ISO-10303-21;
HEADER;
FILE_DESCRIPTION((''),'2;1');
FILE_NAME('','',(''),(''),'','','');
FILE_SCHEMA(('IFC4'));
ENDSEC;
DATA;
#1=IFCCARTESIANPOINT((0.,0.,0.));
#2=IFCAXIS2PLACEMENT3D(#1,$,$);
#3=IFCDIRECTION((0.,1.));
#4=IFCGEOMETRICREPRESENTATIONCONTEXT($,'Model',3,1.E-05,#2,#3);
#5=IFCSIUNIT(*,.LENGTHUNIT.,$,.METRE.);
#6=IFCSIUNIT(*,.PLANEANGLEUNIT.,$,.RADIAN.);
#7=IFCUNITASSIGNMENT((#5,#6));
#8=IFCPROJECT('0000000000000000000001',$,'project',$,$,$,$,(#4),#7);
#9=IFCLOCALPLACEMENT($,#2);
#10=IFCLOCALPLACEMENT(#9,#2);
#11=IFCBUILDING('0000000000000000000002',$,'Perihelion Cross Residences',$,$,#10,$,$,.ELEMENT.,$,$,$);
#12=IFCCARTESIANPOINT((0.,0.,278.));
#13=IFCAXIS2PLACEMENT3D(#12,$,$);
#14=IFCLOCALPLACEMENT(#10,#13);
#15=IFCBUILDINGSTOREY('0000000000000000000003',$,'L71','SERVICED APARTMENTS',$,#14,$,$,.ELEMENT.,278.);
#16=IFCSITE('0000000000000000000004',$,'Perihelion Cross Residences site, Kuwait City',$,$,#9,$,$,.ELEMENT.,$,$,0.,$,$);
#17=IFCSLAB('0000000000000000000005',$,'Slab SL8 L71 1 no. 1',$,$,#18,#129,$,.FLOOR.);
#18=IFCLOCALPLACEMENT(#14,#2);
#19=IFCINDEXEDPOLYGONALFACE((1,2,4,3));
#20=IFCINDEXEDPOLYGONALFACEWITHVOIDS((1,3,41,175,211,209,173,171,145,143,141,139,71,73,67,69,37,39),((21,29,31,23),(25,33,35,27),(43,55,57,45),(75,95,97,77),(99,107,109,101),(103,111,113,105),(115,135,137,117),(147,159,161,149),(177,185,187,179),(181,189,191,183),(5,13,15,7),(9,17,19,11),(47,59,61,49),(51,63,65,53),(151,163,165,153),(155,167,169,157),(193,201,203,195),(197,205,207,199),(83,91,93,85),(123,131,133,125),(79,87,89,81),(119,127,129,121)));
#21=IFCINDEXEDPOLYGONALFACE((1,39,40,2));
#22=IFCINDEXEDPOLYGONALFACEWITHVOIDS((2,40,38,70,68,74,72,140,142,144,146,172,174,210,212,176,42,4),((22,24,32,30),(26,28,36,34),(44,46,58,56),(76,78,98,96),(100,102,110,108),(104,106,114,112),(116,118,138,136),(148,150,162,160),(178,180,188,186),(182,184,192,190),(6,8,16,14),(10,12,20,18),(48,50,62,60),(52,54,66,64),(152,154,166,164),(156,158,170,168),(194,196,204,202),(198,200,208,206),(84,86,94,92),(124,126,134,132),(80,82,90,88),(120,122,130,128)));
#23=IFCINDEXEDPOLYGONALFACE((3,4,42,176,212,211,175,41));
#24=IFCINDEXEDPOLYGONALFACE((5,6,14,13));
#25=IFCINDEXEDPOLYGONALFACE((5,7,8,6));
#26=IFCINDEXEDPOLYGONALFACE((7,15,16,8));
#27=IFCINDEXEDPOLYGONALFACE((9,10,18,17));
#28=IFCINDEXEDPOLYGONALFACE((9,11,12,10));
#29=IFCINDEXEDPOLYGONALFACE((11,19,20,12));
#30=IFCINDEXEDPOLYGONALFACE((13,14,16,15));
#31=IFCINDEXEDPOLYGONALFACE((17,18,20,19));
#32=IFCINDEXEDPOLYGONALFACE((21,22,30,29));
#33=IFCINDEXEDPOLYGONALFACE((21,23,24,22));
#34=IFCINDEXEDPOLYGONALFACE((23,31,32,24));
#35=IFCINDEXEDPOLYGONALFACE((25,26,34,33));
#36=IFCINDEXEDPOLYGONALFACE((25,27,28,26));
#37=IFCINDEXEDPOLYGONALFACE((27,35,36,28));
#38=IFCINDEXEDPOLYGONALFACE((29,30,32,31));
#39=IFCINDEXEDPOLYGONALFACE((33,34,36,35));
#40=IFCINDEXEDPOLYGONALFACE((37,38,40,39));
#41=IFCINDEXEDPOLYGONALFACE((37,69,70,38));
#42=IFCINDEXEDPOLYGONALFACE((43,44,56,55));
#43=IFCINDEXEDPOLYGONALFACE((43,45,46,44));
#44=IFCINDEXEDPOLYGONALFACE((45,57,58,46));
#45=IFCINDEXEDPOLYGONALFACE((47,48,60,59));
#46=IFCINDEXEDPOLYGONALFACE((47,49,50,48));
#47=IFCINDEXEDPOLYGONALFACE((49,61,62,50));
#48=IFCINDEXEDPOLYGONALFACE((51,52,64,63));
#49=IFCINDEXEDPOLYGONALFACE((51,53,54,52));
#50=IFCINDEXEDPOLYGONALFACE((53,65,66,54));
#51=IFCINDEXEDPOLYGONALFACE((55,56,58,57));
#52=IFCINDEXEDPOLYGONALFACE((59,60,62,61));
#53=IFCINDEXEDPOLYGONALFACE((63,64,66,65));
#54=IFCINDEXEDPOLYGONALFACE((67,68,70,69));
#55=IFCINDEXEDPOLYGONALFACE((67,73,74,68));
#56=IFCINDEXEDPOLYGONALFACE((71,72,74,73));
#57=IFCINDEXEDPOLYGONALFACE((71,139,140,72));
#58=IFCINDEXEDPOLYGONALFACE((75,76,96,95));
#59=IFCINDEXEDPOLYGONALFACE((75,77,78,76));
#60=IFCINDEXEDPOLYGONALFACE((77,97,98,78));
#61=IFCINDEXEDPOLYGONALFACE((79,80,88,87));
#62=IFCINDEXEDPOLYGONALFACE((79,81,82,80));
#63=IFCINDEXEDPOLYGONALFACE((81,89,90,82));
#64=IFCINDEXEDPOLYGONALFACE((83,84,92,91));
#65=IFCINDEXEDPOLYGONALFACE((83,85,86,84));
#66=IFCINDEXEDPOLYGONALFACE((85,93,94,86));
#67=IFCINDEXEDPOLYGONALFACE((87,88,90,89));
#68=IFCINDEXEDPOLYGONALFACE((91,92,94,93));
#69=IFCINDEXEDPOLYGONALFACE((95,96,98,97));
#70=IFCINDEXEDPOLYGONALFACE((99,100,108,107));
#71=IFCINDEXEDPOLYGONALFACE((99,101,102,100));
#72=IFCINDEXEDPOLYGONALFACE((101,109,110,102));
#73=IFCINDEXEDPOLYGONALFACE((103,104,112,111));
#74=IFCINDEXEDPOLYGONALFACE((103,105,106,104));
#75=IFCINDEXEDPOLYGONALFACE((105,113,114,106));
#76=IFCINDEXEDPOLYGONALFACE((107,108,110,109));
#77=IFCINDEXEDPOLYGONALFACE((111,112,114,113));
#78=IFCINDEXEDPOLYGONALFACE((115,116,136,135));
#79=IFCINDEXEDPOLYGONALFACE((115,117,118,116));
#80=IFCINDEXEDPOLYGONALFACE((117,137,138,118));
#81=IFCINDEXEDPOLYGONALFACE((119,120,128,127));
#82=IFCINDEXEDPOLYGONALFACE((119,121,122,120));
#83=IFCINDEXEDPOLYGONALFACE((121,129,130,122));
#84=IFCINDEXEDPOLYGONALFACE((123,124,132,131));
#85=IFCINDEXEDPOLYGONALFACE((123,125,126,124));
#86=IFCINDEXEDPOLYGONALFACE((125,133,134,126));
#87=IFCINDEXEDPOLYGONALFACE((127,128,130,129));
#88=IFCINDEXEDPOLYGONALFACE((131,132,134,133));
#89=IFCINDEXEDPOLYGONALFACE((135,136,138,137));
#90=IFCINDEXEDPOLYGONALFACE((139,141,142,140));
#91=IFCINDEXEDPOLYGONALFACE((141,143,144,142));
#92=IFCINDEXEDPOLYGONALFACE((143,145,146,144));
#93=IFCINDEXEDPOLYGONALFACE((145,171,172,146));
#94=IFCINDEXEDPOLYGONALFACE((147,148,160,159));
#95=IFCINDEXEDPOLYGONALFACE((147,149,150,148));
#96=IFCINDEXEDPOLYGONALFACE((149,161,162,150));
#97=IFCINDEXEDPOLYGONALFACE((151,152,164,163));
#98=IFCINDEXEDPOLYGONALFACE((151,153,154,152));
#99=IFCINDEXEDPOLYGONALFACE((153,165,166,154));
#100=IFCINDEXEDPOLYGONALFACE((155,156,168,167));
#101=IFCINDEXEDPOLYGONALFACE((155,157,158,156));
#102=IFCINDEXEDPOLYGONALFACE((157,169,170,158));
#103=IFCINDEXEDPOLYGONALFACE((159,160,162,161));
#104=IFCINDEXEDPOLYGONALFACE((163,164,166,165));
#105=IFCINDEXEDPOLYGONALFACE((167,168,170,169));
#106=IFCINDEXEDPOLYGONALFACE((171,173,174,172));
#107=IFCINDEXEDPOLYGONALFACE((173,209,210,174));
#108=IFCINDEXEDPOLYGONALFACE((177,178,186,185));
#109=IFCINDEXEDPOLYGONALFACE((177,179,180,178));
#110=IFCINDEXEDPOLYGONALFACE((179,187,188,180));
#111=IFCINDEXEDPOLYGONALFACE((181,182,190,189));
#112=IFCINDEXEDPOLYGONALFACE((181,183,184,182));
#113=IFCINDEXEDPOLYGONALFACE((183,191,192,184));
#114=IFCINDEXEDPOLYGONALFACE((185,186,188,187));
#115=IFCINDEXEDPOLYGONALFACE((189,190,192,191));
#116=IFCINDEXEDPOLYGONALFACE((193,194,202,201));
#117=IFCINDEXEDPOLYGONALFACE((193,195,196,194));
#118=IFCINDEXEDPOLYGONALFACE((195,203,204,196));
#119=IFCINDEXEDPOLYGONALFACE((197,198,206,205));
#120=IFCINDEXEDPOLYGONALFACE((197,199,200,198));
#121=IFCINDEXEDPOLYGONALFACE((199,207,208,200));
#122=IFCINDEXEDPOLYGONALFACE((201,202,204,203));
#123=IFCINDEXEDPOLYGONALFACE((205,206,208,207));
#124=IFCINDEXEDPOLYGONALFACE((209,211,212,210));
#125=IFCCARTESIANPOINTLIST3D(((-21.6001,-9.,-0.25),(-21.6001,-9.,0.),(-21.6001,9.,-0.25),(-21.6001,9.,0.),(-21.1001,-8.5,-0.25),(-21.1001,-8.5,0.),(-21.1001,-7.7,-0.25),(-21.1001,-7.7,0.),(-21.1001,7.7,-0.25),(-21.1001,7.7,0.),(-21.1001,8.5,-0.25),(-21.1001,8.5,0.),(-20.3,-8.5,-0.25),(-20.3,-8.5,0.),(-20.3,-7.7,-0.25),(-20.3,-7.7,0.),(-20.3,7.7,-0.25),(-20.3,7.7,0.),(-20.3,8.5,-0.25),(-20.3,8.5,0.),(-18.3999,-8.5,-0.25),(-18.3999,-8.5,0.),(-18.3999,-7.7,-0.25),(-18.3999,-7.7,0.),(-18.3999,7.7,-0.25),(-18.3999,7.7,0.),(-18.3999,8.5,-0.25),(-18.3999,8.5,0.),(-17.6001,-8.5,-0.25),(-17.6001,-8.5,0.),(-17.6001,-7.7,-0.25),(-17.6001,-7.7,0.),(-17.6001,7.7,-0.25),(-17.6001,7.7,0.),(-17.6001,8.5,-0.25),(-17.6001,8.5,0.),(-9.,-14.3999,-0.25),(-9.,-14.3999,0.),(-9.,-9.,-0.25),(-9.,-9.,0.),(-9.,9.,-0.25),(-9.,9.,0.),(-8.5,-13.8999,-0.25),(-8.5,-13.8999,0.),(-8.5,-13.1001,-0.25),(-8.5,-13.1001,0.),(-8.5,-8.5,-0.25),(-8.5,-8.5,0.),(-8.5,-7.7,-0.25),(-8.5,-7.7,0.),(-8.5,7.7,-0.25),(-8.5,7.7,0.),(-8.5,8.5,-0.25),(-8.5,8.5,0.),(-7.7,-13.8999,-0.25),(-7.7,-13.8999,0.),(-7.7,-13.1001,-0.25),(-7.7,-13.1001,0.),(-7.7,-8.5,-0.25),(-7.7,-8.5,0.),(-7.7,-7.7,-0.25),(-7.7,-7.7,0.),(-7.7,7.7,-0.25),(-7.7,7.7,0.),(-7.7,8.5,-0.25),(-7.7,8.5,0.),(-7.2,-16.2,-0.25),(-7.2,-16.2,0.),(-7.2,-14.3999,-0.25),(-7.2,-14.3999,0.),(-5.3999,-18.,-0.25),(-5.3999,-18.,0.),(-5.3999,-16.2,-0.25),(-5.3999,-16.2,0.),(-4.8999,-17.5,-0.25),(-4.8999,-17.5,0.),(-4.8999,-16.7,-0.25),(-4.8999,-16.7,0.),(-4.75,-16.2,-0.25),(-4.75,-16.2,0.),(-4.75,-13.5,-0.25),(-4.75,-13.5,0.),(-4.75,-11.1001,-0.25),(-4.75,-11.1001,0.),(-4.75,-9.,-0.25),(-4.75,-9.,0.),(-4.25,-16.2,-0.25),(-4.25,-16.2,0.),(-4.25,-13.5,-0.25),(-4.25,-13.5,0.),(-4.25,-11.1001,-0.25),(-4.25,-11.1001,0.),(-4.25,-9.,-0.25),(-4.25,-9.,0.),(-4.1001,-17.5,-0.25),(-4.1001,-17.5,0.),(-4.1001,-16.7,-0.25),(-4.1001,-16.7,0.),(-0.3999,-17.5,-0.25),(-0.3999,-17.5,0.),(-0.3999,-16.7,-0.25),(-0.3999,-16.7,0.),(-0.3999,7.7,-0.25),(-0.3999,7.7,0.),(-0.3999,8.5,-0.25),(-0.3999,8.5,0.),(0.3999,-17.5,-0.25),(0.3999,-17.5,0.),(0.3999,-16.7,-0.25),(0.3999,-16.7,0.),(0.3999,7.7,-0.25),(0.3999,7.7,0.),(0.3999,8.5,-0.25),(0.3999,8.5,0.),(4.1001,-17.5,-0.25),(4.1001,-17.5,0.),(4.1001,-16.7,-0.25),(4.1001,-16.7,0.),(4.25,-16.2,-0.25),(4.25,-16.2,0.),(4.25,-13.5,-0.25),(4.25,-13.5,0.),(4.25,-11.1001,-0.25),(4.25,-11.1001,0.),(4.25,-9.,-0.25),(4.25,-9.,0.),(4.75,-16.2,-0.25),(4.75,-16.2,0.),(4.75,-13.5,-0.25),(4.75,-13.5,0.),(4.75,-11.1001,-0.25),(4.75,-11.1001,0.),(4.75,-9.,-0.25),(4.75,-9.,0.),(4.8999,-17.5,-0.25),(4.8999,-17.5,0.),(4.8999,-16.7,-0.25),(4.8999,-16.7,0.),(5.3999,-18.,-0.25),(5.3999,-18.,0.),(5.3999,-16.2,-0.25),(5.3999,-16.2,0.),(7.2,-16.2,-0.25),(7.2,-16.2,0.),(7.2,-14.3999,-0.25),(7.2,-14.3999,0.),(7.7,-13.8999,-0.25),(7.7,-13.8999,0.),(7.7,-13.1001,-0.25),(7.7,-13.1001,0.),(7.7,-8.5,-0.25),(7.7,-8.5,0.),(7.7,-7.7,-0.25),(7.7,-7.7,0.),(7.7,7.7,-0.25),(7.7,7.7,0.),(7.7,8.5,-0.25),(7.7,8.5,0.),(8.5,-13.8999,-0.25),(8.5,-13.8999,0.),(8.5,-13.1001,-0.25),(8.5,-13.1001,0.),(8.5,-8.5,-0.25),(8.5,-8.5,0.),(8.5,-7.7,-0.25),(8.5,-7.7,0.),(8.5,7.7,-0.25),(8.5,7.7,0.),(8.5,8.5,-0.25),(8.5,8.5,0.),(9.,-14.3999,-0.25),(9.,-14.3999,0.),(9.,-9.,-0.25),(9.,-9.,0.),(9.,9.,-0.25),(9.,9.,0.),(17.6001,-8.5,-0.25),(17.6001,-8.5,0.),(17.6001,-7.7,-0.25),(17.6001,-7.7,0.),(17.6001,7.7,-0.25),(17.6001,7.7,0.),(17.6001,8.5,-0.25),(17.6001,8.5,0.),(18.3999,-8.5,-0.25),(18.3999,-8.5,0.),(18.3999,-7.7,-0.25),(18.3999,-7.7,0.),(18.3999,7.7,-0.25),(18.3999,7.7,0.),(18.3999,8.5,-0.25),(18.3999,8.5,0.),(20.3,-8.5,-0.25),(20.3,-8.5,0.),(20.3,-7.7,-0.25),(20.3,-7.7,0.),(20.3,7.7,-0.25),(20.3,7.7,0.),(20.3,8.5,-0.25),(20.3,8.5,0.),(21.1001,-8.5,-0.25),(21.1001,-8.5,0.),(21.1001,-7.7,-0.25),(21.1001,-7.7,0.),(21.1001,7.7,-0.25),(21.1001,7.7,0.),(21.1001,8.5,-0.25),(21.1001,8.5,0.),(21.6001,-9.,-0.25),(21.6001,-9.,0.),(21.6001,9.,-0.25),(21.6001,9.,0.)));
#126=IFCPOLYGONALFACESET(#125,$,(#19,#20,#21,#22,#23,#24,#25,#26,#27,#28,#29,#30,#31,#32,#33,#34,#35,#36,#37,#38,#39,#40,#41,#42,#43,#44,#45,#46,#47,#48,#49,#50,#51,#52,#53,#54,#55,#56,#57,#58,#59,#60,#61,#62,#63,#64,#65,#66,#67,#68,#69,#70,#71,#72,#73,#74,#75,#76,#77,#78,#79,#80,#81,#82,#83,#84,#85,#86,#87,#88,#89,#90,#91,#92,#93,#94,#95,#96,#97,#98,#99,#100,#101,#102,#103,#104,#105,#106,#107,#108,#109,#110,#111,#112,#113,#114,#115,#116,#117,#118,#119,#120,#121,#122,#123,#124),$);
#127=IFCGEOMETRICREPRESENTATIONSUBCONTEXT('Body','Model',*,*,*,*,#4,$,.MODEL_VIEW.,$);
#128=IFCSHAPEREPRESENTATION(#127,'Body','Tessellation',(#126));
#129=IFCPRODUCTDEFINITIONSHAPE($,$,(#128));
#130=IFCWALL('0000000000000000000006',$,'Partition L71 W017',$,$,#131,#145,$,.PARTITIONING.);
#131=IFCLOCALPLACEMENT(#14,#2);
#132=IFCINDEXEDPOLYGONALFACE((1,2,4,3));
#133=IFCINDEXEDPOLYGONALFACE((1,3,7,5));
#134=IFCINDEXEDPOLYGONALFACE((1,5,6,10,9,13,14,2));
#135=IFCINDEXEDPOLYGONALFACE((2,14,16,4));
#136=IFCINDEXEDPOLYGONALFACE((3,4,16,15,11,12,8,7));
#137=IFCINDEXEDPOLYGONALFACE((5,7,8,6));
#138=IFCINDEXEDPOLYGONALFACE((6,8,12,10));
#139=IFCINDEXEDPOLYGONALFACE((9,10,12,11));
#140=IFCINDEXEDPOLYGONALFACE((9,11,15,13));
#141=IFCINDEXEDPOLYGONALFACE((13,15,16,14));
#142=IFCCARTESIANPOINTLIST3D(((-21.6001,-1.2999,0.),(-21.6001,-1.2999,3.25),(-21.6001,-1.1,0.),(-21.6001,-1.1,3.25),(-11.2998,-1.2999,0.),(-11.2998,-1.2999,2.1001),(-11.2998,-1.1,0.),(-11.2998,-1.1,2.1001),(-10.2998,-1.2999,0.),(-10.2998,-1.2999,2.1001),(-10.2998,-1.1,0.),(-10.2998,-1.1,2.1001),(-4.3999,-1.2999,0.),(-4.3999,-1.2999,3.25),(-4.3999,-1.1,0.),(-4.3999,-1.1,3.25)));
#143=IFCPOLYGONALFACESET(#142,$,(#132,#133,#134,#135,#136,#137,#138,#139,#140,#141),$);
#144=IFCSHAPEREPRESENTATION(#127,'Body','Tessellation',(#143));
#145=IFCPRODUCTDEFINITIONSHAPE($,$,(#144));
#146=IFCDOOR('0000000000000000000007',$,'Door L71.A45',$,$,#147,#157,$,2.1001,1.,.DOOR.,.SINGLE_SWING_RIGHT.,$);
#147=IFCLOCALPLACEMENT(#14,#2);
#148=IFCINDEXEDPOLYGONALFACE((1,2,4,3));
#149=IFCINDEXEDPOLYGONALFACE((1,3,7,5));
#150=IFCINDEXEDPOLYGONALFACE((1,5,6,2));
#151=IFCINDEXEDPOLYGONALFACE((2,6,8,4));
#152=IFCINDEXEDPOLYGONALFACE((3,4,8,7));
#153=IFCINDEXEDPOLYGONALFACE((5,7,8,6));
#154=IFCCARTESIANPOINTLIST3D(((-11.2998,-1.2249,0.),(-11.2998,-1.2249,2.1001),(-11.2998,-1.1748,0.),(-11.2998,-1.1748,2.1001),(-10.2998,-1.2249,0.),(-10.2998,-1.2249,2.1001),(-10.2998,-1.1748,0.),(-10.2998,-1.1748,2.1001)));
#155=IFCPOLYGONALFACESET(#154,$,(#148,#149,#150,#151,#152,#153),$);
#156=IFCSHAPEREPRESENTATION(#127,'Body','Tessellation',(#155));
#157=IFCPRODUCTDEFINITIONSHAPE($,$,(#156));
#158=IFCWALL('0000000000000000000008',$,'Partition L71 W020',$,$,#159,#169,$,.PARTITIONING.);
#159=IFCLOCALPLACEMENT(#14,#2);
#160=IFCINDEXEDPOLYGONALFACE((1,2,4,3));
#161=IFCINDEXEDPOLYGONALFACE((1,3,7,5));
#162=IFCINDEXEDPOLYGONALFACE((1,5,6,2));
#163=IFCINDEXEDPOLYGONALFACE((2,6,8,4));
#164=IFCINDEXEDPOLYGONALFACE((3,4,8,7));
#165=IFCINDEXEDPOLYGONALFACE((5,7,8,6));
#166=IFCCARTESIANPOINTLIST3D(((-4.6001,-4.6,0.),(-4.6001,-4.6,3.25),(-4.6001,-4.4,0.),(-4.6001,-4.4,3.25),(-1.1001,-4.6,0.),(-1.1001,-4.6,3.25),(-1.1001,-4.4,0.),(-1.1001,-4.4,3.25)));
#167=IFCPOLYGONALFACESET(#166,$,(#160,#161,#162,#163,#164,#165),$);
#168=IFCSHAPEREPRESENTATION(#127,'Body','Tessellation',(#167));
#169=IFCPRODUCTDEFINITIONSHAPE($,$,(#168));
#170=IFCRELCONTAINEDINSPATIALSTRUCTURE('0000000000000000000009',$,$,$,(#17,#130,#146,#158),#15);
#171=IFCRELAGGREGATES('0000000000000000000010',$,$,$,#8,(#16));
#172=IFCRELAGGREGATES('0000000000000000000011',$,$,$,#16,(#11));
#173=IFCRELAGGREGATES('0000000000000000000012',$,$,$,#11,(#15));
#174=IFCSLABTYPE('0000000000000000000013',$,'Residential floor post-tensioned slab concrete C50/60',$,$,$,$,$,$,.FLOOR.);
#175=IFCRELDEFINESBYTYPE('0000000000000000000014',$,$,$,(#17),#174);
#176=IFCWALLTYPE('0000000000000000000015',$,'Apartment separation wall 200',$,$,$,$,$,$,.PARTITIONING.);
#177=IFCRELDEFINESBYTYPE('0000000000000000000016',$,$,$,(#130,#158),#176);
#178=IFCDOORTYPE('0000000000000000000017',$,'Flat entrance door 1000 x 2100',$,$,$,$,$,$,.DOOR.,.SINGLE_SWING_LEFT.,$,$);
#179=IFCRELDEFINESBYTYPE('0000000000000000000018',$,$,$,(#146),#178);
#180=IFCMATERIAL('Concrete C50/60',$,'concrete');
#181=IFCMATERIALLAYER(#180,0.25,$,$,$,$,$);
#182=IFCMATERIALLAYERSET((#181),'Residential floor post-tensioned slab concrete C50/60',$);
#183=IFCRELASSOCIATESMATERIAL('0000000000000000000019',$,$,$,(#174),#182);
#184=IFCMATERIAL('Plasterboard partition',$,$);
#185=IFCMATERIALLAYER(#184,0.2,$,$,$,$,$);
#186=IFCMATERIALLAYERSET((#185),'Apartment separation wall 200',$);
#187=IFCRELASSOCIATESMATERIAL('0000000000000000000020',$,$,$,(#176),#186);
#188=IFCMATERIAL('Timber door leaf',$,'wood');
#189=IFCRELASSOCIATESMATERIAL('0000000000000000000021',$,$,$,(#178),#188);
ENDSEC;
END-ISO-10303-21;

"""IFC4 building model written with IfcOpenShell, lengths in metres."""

from ifc_helpers import new_model, si_unit, direction, frame, frame_2d, origin, place, context, subcontext, project, spatial, polyline, rectangle, outline, extrude, material, layer, layer_set, type_object, element, fill, save


model = new_model("IFC4")

# Units and contexts
model_context = context("Model", 3, precision=1e-05, world=origin(), true_north=direction((0.0, 1.0)))
body_context = subcontext(model_context, "Body", "Model", "MODEL_VIEW")
ifc_project = project(units=[si_unit("LENGTHUNIT", "METRE"), si_unit("PLANEANGLEUNIT", "RADIAN")], contexts=[model_context])

# Site, building, storey
site_placement = place(None, origin())
site = spatial("IfcSite", under=ifc_project, at=site_placement, Name="Perihelion Cross Residences site, Kuwait City", CompositionType="ELEMENT", RefElevation=0.0)
building_placement = place(site_placement, origin())
building = spatial("IfcBuilding", under=site, at=building_placement, Name="Perihelion Cross Residences", CompositionType="ELEMENT")
storey_placement = place(building_placement, frame((0.0, 0.0, 278.0)))
storey = spatial("IfcBuildingStorey", under=building, at=storey_placement, Name="L71", Description="SERVICED APARTMENTS", CompositionType="ELEMENT", Elevation=278.0)

# Slab
ifc_material_1 = material(Name="Concrete C50/60", Category="concrete")
ifc_layer_1 = layer(ifc_material_1, 0.25)
ifc_layer_set_1 = layer_set([ifc_layer_1], Name="Residential floor post-tensioned slab concrete C50/60")
slab_type_1 = type_object("IfcSlabType", Name="Residential floor post-tensioned slab concrete C50/60", PredefinedType="FLOOR", material=ifc_layer_set_1)
slab_1_placement = place(storey_placement, frame((0.0, 0.0, -0.25)))
element("IfcSlab", 1, at=slab_1_placement, inside=storey, type_object=slab_type_1, Name="Slab SL8 L71 1 no. 1", PredefinedType="FLOOR", context=body_context, shape_type="SweptSolid", body=[
    extrude(outline(polyline([(-9.0, 9.0), (9.0, 9.0), (21.6001, 9.0), (21.6001, -9.0), (9.0, -9.0), (9.0, -14.3999), (7.2, -14.3999), (7.2, -16.2), (5.3999, -16.2), (5.3999, -18.0), (-5.3999, -18.0), (-5.3999, -16.2), (-7.2, -16.2), (-7.2, -14.3999), (-9.0, -14.3999), (-9.0, -9.0), (-21.6001, -9.0), (-21.6001, 9.0), (-9.0, 9.0)]), holes=[polyline([(-4.1001, -16.7), (-4.8999, -16.7), (-4.8999, -17.5), (-4.1001, -17.5), (-4.1001, -16.7)]), polyline([(0.3999, -17.5), (0.3999, -16.7), (-0.3999, -16.7), (-0.3999, -17.5), (0.3999, -17.5)]), polyline([(-4.25, -16.2), (-4.25, -13.5), (-4.75, -13.5), (-4.75, -16.2), (-4.25, -16.2)]), polyline([(-7.7, -13.1001), (-8.5, -13.1001), (-8.5, -13.8999), (-7.7, -13.8999), (-7.7, -13.1001)]), polyline([(-4.25, -11.1001), (-4.25, -9.0), (-4.75, -9.0), (-4.75, -11.1001), (-4.25, -11.1001)]), polyline([(-20.3, -8.5), (-20.3, -7.7), (-21.1001, -7.7), (-21.1001, -8.5), (-20.3, -8.5)]), polyline([(-17.6001, -7.7), (-18.3999, -7.7), (-18.3999, -8.5), (-17.6001, -8.5), (-17.6001, -7.7)]), polyline([(-7.7, -8.5), (-7.7, -7.7), (-8.5, -7.7), (-8.5, -8.5), (-7.7, -8.5)]), polyline([(-20.3, 8.5), (-21.1001, 8.5), (-21.1001, 7.7), (-20.3, 7.7), (-20.3, 8.5)]), polyline([(-17.6001, 7.7), (-17.6001, 8.5), (-18.3999, 8.5), (-18.3999, 7.7), (-17.6001, 7.7)]), polyline([(-7.7, 7.7), (-7.7, 8.5), (-8.5, 8.5), (-8.5, 7.7), (-7.7, 7.7)]), polyline([(4.8999, -16.7), (4.1001, -16.7), (4.1001, -17.5), (4.8999, -17.5), (4.8999, -16.7)]), polyline([(4.75, -16.2), (4.75, -13.5), (4.25, -13.5), (4.25, -16.2), (4.75, -16.2)]), polyline([(8.5, -13.8999), (8.5, -13.1001), (7.7, -13.1001), (7.7, -13.8999), (8.5, -13.8999)]), polyline([(4.75, -9.0), (4.25, -9.0), (4.25, -11.1001), (4.75, -11.1001), (4.75, -9.0)]), polyline([(8.5, -8.5), (8.5, -7.7), (7.7, -7.7), (7.7, -8.5), (8.5, -8.5)]), polyline([(18.3999, -8.5), (18.3999, -7.7), (17.6001, -7.7), (17.6001, -8.5), (18.3999, -8.5)]), polyline([(21.1001, -7.7), (20.3, -7.7), (20.3, -8.5), (21.1001, -8.5), (21.1001, -7.7)]), polyline([(0.3999, 7.7), (0.3999, 8.5), (-0.3999, 8.5), (-0.3999, 7.7), (0.3999, 7.7)]), polyline([(8.5, 8.5), (7.7, 8.5), (7.7, 7.7), (8.5, 7.7), (8.5, 8.5)]), polyline([(18.3999, 7.7), (18.3999, 8.5), (17.6001, 8.5), (17.6001, 7.7), (18.3999, 7.7)]), polyline([(21.1001, 7.7), (21.1001, 8.5), (20.3, 8.5), (20.3, 7.7), (21.1001, 7.7)])]), origin(), (0.0, 0.0, 1.0), 0.25),
])

# Wall, opening, door
ifc_material_2 = material(Name="Plasterboard partition")
ifc_layer_2 = layer(ifc_material_2, 0.2)
ifc_layer_set_2 = layer_set([ifc_layer_2], Name="Apartment separation wall 200")
wall_type_1 = type_object("IfcWallType", Name="Apartment separation wall 200", PredefinedType="PARTITIONING", material=ifc_layer_set_2)
wall_1_placement = place(storey_placement, frame((-4.3999, -1.2, 0.0), z_axis=(0.0, 0.0, 1.0), x_axis=(-1.0, 0.0, 0.0)))
wall_1 = element("IfcWall", 2, at=wall_1_placement, inside=storey, type_object=wall_type_1, Name="Partition L71 W017", PredefinedType="PARTITIONING", context=body_context, shape_type="SweptSolid", body=[
    extrude(rectangle(XDim=17.2002, YDim=0.2, at=frame_2d((8.6001, 0.0))), origin(), (0.0, 0.0, 1.0), 3.25),
])
opening_1_placement = place(wall_1_placement, frame((5.8999, 0.0, 0.0)))
opening_1 = element("IfcOpeningElement", 3, at=opening_1_placement, cuts=wall_1, PredefinedType="OPENING", context=body_context, shape_type="SweptSolid", body=[
    extrude(rectangle(XDim=1.0, YDim=2.1001, at=frame_2d((0.5, 1.05))), frame((0.0, 0.1099, 0.0), z_axis=(0.0, -1.0, 0.0), x_axis=(1.0, 0.0, 0.0)), (0.0, 0.0, 1.0), 0.22),
])
ifc_material_3 = material(Name="Timber door leaf", Category="wood")
door_type_1 = type_object("IfcDoorType", Name="Flat entrance door 1000 x 2100", OperationType="SINGLE_SWING_LEFT", PredefinedType="DOOR", material=ifc_material_3)
door_1_placement = place(opening_1_placement, origin())
door_1 = element("IfcDoor", 4, at=door_1_placement, inside=storey, type_object=door_type_1, Name="Door L71.A45", OperationType="SINGLE_SWING_RIGHT", OverallHeight=2.1001, OverallWidth=1.0, PredefinedType="DOOR", context=body_context, shape_type="SweptSolid", body=[
    extrude(rectangle(XDim=1.0, YDim=2.1001, at=frame_2d((0.5, 1.05))), frame((0.0, 0.0249, 0.0), z_axis=(0.0, -1.0, 0.0), x_axis=(1.0, 0.0, 0.0)), (0.0, 0.0, 1.0), 0.05),
])
fill(opening_1, door_1)

# Wall
wall_2_placement = place(storey_placement, frame((-1.1001, -4.5, 0.0), z_axis=(0.0, 0.0, 1.0), x_axis=(-1.0, 0.0, 0.0)))
element("IfcWall", 5, at=wall_2_placement, inside=storey, type_object=wall_type_1, Name="Partition L71 W020", PredefinedType="PARTITIONING", context=body_context, shape_type="SweptSolid", body=[
    extrude(rectangle(XDim=3.5, YDim=0.2, at=frame_2d((1.75, 0.0))), origin(), (0.0, 0.0, 1.0), 3.25),
])

save(model, "model.ifc")
